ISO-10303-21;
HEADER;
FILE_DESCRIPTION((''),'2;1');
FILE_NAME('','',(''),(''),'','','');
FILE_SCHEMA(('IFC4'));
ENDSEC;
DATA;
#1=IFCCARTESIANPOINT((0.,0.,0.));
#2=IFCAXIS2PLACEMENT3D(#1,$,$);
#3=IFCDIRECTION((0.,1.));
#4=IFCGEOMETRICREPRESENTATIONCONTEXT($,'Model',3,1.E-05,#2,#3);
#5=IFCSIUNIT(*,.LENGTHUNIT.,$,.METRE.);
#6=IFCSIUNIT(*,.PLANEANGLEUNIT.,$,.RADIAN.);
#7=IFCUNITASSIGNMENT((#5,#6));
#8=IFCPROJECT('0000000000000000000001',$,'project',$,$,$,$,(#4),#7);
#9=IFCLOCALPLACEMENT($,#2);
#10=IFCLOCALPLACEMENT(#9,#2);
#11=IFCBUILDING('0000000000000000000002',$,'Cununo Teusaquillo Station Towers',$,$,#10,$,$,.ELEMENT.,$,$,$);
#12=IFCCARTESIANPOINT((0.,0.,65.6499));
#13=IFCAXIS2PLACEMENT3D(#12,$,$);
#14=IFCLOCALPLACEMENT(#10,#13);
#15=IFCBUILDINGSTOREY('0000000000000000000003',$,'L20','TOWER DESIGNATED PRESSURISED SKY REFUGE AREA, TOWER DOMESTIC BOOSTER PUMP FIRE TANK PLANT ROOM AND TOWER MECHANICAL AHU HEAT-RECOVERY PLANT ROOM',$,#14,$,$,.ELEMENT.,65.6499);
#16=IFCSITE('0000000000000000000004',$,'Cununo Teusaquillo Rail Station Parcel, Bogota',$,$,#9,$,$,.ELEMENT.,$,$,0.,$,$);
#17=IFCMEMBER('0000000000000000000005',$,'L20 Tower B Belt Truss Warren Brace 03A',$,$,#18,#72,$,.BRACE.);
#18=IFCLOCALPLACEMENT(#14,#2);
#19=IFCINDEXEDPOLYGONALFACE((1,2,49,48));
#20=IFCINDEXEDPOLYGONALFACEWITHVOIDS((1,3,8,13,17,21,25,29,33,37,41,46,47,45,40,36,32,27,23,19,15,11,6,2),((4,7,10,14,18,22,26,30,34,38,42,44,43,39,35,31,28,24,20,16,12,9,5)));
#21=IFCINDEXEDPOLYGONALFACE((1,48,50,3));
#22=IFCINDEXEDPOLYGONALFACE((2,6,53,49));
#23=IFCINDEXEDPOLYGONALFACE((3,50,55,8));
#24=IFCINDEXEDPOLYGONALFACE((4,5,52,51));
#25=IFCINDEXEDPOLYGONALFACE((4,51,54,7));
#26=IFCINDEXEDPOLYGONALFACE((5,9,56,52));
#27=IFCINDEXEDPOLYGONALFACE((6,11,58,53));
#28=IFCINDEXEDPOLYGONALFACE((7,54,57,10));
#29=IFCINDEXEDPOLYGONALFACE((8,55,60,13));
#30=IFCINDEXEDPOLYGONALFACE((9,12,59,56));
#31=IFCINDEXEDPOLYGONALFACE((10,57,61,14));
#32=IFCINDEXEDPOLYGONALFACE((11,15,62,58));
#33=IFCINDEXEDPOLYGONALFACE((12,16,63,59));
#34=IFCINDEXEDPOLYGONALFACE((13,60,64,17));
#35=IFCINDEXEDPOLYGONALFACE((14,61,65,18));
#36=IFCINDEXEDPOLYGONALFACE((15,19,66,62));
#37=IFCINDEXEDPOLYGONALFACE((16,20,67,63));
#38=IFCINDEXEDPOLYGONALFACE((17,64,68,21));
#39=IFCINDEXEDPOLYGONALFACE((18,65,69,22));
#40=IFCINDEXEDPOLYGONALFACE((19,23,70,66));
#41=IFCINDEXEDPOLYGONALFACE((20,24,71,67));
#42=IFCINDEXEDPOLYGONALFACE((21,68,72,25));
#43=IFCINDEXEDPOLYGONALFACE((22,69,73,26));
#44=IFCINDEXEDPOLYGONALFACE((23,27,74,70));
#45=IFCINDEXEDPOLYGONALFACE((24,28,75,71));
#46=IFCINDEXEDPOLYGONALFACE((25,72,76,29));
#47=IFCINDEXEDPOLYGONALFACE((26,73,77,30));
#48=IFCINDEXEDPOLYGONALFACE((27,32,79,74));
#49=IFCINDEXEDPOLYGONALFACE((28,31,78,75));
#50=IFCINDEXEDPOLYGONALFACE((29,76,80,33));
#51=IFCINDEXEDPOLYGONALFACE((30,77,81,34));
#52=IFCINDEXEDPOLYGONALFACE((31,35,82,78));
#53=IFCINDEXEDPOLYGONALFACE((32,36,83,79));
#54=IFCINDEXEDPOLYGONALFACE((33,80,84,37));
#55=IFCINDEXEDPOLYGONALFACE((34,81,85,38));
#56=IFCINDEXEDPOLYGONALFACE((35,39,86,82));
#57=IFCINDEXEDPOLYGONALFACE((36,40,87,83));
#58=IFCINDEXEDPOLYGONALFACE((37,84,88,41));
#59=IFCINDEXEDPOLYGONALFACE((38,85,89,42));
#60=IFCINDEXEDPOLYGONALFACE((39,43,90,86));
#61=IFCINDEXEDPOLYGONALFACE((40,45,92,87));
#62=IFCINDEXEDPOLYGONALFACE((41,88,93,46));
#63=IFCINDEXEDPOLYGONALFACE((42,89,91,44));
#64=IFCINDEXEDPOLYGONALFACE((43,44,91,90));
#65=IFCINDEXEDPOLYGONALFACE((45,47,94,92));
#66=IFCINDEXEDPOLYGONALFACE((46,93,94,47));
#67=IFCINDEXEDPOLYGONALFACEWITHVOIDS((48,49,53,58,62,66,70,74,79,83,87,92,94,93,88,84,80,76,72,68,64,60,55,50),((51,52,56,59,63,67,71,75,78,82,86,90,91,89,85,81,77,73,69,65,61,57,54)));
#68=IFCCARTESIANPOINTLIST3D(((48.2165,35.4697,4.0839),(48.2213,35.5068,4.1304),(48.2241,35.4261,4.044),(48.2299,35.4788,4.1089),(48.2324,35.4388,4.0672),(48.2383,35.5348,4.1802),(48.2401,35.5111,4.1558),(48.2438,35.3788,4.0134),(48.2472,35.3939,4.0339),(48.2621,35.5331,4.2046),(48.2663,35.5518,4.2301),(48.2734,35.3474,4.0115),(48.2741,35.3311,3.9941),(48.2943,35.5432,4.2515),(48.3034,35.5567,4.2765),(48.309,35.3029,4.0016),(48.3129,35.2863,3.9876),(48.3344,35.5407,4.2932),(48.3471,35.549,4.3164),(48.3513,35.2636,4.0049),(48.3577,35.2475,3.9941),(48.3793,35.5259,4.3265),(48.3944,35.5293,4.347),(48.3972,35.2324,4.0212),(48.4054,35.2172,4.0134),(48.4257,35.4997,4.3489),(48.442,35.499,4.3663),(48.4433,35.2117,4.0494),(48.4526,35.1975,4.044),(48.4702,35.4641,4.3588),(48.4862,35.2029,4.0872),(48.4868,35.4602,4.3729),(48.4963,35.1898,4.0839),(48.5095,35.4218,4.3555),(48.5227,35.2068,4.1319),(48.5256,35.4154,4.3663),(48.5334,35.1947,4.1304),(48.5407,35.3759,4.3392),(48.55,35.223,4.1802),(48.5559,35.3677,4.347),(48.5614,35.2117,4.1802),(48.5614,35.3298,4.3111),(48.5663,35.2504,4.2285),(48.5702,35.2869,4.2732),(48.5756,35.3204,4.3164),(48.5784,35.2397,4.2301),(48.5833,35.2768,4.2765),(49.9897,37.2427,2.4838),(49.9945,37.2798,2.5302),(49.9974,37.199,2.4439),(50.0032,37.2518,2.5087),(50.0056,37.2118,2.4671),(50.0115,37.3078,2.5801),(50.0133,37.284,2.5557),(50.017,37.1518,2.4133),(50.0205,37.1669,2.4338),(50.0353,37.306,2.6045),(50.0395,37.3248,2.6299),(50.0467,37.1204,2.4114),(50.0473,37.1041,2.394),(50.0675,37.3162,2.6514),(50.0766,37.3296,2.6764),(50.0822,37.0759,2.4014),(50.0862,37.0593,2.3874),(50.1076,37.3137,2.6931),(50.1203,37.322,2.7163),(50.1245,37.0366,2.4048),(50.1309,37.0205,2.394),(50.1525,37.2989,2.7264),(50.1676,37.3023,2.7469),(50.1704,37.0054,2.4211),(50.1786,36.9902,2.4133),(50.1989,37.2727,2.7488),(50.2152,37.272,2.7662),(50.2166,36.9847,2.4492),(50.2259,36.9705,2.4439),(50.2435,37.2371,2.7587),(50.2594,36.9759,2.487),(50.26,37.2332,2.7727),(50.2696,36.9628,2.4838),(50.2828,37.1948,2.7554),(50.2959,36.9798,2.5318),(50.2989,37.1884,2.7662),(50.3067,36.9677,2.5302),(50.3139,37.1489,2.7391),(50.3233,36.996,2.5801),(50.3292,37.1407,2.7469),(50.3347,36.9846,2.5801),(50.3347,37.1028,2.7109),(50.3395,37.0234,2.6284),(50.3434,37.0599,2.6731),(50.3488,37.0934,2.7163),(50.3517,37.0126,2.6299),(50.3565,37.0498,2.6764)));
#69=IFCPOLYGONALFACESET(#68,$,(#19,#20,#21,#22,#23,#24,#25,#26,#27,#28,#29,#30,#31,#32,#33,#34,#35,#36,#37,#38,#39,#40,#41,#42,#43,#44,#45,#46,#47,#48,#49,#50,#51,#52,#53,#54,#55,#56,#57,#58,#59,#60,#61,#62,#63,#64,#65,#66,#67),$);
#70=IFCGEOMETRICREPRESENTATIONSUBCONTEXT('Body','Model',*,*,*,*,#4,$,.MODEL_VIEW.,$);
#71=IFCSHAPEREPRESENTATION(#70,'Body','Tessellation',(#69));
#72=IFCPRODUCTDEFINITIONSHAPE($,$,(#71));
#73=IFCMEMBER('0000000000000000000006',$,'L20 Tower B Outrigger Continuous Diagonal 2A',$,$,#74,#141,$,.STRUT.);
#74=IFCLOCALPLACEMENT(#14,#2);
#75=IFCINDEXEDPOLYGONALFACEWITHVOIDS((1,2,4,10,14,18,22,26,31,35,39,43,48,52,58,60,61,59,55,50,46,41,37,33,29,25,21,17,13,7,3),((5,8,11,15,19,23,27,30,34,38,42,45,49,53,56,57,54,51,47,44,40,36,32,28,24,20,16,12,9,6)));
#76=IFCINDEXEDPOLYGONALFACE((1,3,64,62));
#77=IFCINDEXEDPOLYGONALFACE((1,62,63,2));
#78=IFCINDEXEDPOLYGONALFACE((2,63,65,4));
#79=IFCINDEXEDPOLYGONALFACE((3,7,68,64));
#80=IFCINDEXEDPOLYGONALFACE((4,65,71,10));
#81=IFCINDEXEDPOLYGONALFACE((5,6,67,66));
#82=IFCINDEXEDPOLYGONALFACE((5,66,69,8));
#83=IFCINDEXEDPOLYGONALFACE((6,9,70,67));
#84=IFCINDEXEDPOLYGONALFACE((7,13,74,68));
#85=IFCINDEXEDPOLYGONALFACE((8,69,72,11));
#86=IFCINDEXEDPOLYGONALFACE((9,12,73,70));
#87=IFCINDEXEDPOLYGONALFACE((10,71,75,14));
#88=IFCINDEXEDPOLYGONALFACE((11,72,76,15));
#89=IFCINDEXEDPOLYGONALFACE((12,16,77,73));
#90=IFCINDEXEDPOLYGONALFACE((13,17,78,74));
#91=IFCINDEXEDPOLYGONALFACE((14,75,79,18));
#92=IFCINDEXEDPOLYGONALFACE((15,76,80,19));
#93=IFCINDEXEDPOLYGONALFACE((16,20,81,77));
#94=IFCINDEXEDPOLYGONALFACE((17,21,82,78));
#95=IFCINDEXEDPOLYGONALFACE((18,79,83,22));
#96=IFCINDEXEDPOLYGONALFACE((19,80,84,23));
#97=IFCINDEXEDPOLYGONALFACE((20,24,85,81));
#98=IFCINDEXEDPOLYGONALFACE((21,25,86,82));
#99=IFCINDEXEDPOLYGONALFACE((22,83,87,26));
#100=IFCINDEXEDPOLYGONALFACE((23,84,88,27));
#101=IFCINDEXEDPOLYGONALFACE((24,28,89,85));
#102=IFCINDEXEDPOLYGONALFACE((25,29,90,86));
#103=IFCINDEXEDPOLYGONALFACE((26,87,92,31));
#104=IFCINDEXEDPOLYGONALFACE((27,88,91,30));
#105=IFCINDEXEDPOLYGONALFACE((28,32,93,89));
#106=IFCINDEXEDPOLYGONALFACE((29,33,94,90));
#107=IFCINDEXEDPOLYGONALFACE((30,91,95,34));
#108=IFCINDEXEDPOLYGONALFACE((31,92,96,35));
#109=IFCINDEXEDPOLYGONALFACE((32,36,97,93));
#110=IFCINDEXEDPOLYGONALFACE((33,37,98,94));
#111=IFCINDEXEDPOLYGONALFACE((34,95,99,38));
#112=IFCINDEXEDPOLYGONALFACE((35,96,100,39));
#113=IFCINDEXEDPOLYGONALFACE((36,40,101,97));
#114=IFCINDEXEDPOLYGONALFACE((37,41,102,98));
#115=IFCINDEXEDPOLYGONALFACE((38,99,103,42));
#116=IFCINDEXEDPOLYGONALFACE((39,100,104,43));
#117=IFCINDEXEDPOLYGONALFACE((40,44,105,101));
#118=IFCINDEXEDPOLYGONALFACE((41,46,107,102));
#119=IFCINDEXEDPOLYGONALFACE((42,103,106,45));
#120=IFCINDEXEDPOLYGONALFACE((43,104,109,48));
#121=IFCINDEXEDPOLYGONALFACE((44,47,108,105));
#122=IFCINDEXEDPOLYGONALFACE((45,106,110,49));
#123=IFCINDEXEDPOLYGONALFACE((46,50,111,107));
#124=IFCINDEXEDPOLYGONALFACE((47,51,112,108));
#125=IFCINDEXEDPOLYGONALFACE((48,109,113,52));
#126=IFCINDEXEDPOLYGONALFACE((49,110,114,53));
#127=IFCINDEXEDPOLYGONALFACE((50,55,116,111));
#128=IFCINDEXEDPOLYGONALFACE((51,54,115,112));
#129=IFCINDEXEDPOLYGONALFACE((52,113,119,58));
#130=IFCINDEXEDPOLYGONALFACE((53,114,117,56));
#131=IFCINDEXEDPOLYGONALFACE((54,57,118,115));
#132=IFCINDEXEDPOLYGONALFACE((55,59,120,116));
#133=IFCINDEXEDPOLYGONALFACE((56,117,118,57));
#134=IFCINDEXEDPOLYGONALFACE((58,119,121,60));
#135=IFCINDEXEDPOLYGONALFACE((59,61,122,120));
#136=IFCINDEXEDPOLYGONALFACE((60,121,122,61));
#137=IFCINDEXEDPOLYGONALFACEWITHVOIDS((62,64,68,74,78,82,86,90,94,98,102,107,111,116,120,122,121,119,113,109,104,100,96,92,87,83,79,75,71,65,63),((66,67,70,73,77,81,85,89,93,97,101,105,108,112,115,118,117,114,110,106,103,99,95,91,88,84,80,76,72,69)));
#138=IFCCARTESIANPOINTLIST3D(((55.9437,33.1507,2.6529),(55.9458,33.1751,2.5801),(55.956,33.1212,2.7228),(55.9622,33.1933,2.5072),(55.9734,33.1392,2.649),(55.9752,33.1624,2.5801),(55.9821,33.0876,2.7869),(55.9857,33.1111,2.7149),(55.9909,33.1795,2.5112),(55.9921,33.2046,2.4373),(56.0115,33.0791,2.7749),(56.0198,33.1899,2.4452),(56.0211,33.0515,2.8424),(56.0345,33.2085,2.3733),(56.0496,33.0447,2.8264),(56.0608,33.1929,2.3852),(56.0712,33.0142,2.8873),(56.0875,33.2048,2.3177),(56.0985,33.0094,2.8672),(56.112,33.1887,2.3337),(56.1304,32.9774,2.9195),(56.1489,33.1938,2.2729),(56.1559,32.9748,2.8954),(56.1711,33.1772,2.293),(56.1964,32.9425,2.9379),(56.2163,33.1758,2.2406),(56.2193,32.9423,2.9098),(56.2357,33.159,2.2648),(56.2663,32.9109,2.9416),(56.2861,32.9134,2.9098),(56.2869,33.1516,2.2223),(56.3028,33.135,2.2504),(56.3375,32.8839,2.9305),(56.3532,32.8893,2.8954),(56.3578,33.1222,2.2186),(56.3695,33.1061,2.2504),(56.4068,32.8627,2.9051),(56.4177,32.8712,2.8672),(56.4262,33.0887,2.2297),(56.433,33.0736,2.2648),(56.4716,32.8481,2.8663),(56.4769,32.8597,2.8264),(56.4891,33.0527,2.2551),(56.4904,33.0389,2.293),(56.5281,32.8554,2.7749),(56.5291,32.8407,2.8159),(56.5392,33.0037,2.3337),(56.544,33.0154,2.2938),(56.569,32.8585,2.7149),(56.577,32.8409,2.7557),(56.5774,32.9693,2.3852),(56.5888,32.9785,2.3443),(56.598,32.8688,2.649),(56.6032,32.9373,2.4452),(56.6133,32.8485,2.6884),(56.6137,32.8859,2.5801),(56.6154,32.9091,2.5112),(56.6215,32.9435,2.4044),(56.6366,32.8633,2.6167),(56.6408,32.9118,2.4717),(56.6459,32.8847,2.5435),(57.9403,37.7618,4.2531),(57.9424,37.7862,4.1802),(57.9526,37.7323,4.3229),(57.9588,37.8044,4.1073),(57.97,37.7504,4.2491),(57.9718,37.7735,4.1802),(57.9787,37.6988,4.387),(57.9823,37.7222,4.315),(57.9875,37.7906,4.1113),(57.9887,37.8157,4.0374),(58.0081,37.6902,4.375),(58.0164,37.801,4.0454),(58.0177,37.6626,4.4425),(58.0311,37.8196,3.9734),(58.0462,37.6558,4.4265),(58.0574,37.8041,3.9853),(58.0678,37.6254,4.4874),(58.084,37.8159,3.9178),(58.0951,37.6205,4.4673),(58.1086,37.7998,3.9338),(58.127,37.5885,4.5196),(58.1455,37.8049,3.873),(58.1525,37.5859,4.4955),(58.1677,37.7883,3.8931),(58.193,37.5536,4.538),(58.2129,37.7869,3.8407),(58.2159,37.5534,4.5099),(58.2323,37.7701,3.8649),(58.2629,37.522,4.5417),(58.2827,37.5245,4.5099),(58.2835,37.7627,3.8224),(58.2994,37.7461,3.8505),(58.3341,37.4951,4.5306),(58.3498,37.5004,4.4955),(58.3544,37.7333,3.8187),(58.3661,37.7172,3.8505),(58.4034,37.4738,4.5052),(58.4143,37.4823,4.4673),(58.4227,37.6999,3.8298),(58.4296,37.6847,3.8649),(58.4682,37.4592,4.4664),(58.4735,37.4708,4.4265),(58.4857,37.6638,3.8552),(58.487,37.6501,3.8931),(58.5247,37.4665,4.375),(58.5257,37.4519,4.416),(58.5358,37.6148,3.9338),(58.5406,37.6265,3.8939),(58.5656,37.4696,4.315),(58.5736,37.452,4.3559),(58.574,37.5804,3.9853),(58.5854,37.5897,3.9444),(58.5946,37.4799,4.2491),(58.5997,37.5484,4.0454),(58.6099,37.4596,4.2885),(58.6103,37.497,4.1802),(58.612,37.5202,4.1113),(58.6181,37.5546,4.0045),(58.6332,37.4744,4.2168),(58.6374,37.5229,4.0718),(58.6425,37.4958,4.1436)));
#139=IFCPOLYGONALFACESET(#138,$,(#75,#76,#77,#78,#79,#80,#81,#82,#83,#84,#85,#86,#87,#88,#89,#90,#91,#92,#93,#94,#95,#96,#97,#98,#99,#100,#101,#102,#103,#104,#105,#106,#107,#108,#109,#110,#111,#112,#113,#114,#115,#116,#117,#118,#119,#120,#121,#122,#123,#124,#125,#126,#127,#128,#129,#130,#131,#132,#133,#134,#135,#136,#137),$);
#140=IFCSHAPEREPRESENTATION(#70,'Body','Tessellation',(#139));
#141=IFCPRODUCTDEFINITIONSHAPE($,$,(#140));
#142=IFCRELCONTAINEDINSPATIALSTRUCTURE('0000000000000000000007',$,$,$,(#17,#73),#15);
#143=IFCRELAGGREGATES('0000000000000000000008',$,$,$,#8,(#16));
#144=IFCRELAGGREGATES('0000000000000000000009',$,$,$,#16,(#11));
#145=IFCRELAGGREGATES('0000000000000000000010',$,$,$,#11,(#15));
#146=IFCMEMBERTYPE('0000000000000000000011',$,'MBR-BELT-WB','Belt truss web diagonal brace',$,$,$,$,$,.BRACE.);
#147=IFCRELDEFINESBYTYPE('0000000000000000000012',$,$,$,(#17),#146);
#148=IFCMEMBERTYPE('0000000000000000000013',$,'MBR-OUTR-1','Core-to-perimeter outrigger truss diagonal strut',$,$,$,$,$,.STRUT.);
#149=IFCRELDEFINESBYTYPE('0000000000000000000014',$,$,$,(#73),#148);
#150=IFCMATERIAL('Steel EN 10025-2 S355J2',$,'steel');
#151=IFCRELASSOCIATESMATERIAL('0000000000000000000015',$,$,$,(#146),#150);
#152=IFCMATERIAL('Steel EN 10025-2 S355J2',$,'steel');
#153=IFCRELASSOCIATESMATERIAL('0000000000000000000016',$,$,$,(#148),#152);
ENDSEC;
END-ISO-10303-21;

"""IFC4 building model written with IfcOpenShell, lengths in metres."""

from ifc_helpers import new_model, si_unit, direction, frame, origin, origin_2d, place, context, subcontext, project, spatial, hollow_circle, extrude, material, material_profile, profile_set, type_object, element, save


model = new_model("IFC4")

# Units and contexts
model_context = context("Model", 3, precision=1e-05, world=origin(), true_north=direction((0.0, 1.0)))
body_context = subcontext(model_context, "Body", "Model", "MODEL_VIEW")
ifc_project = project(units=[si_unit("LENGTHUNIT", "METRE"), si_unit("PLANEANGLEUNIT", "RADIAN")], contexts=[model_context])

# Site, building, storey
site_placement = place(None, origin())
site = spatial("IfcSite", under=ifc_project, at=site_placement, Name="Cununo Teusaquillo Rail Station Parcel, Bogota", CompositionType="ELEMENT", RefElevation=0.0)
building_placement = place(site_placement, origin())
building = spatial("IfcBuilding", under=site, at=building_placement, Name="Cununo Teusaquillo Station Towers", CompositionType="ELEMENT")
storey_placement = place(building_placement, frame((0.0, 0.0, 65.6499)))
storey = spatial("IfcBuildingStorey", under=building, at=storey_placement, Name="L20", Description="TOWER DESIGNATED PRESSURISED SKY REFUGE AREA, TOWER DOMESTIC BOOSTER PUMP FIRE TANK PLANT ROOM AND TOWER MECHANICAL AHU HEAT-RECOVERY PLANT ROOM", CompositionType="ELEMENT", Elevation=65.6499)

# Members
ifc_material_1 = material(Name="Steel EN 10025-2 S355J2", Category="steel")
ifc_material_profile_1 = material_profile(ifc_material_1, hollow_circle(Radius=0.2285, WallThickness=0.0161, at=origin_2d()), Name="CHS 457x16")
ifc_profile_set_1 = profile_set([ifc_material_profile_1], Name="Steel EN 10025-2 S355J2")
member_type_1 = type_object("IfcMemberType", Name="MBR-BELT-WB", Description="Belt truss web diagonal brace", PredefinedType="BRACE", material=ifc_profile_set_1)
member_1_placement = place(storey_placement, frame((50.1731, 37.1462, 2.5801), z_axis=(-0.596124, -0.596042, 0.537931), x_axis=(0.707058, -0.707155, 0.0)))
element("IfcMember", 1, at=member_1_placement, inside=storey, type_object=member_type_1, Name="L20 Tower B Belt Truss Warren Brace 03A", PredefinedType="BRACE", context=body_context, shape_type="SweptSolid", body=[
    extrude(hollow_circle(Radius=0.2285, WallThickness=0.0161, at=origin_2d()), origin(), (0.0, 0.0, 1.0), 2.9746),
])
ifc_material_2 = material(Name="Steel EN 10025-2 S355J2", Category="steel")
ifc_material_profile_2 = material_profile(ifc_material_2, hollow_circle(Radius=0.3799, WallThickness=0.032, at=origin_2d()), Name="CHS 760x32")
ifc_profile_set_2 = profile_set([ifc_material_profile_2], Name="Steel EN 10025-2 S355J2")
member_type_2 = type_object("IfcMemberType", Name="MBR-OUTR-1", Description="Core-to-perimeter outrigger truss diagonal strut", PredefinedType="STRUT", material=ifc_profile_set_2)
member_2_placement = place(storey_placement, frame((56.2944, 33.0242, 2.5801), z_axis=(0.378614, 0.874404, 0.303428), x_axis=(-0.917668, 0.397347, 0.0)))
element("IfcMember", 2, at=member_2_placement, inside=storey, type_object=member_type_2, Name="L20 Tower B Outrigger Continuous Diagonal 2A", PredefinedType="STRUT", context=body_context, shape_type="SweptSolid", body=[
    extrude(hollow_circle(Radius=0.3799, WallThickness=0.032, at=origin_2d()), origin(), (0.0, 0.0, 1.0), 5.2734),
])

save(model, "model.ifc")
